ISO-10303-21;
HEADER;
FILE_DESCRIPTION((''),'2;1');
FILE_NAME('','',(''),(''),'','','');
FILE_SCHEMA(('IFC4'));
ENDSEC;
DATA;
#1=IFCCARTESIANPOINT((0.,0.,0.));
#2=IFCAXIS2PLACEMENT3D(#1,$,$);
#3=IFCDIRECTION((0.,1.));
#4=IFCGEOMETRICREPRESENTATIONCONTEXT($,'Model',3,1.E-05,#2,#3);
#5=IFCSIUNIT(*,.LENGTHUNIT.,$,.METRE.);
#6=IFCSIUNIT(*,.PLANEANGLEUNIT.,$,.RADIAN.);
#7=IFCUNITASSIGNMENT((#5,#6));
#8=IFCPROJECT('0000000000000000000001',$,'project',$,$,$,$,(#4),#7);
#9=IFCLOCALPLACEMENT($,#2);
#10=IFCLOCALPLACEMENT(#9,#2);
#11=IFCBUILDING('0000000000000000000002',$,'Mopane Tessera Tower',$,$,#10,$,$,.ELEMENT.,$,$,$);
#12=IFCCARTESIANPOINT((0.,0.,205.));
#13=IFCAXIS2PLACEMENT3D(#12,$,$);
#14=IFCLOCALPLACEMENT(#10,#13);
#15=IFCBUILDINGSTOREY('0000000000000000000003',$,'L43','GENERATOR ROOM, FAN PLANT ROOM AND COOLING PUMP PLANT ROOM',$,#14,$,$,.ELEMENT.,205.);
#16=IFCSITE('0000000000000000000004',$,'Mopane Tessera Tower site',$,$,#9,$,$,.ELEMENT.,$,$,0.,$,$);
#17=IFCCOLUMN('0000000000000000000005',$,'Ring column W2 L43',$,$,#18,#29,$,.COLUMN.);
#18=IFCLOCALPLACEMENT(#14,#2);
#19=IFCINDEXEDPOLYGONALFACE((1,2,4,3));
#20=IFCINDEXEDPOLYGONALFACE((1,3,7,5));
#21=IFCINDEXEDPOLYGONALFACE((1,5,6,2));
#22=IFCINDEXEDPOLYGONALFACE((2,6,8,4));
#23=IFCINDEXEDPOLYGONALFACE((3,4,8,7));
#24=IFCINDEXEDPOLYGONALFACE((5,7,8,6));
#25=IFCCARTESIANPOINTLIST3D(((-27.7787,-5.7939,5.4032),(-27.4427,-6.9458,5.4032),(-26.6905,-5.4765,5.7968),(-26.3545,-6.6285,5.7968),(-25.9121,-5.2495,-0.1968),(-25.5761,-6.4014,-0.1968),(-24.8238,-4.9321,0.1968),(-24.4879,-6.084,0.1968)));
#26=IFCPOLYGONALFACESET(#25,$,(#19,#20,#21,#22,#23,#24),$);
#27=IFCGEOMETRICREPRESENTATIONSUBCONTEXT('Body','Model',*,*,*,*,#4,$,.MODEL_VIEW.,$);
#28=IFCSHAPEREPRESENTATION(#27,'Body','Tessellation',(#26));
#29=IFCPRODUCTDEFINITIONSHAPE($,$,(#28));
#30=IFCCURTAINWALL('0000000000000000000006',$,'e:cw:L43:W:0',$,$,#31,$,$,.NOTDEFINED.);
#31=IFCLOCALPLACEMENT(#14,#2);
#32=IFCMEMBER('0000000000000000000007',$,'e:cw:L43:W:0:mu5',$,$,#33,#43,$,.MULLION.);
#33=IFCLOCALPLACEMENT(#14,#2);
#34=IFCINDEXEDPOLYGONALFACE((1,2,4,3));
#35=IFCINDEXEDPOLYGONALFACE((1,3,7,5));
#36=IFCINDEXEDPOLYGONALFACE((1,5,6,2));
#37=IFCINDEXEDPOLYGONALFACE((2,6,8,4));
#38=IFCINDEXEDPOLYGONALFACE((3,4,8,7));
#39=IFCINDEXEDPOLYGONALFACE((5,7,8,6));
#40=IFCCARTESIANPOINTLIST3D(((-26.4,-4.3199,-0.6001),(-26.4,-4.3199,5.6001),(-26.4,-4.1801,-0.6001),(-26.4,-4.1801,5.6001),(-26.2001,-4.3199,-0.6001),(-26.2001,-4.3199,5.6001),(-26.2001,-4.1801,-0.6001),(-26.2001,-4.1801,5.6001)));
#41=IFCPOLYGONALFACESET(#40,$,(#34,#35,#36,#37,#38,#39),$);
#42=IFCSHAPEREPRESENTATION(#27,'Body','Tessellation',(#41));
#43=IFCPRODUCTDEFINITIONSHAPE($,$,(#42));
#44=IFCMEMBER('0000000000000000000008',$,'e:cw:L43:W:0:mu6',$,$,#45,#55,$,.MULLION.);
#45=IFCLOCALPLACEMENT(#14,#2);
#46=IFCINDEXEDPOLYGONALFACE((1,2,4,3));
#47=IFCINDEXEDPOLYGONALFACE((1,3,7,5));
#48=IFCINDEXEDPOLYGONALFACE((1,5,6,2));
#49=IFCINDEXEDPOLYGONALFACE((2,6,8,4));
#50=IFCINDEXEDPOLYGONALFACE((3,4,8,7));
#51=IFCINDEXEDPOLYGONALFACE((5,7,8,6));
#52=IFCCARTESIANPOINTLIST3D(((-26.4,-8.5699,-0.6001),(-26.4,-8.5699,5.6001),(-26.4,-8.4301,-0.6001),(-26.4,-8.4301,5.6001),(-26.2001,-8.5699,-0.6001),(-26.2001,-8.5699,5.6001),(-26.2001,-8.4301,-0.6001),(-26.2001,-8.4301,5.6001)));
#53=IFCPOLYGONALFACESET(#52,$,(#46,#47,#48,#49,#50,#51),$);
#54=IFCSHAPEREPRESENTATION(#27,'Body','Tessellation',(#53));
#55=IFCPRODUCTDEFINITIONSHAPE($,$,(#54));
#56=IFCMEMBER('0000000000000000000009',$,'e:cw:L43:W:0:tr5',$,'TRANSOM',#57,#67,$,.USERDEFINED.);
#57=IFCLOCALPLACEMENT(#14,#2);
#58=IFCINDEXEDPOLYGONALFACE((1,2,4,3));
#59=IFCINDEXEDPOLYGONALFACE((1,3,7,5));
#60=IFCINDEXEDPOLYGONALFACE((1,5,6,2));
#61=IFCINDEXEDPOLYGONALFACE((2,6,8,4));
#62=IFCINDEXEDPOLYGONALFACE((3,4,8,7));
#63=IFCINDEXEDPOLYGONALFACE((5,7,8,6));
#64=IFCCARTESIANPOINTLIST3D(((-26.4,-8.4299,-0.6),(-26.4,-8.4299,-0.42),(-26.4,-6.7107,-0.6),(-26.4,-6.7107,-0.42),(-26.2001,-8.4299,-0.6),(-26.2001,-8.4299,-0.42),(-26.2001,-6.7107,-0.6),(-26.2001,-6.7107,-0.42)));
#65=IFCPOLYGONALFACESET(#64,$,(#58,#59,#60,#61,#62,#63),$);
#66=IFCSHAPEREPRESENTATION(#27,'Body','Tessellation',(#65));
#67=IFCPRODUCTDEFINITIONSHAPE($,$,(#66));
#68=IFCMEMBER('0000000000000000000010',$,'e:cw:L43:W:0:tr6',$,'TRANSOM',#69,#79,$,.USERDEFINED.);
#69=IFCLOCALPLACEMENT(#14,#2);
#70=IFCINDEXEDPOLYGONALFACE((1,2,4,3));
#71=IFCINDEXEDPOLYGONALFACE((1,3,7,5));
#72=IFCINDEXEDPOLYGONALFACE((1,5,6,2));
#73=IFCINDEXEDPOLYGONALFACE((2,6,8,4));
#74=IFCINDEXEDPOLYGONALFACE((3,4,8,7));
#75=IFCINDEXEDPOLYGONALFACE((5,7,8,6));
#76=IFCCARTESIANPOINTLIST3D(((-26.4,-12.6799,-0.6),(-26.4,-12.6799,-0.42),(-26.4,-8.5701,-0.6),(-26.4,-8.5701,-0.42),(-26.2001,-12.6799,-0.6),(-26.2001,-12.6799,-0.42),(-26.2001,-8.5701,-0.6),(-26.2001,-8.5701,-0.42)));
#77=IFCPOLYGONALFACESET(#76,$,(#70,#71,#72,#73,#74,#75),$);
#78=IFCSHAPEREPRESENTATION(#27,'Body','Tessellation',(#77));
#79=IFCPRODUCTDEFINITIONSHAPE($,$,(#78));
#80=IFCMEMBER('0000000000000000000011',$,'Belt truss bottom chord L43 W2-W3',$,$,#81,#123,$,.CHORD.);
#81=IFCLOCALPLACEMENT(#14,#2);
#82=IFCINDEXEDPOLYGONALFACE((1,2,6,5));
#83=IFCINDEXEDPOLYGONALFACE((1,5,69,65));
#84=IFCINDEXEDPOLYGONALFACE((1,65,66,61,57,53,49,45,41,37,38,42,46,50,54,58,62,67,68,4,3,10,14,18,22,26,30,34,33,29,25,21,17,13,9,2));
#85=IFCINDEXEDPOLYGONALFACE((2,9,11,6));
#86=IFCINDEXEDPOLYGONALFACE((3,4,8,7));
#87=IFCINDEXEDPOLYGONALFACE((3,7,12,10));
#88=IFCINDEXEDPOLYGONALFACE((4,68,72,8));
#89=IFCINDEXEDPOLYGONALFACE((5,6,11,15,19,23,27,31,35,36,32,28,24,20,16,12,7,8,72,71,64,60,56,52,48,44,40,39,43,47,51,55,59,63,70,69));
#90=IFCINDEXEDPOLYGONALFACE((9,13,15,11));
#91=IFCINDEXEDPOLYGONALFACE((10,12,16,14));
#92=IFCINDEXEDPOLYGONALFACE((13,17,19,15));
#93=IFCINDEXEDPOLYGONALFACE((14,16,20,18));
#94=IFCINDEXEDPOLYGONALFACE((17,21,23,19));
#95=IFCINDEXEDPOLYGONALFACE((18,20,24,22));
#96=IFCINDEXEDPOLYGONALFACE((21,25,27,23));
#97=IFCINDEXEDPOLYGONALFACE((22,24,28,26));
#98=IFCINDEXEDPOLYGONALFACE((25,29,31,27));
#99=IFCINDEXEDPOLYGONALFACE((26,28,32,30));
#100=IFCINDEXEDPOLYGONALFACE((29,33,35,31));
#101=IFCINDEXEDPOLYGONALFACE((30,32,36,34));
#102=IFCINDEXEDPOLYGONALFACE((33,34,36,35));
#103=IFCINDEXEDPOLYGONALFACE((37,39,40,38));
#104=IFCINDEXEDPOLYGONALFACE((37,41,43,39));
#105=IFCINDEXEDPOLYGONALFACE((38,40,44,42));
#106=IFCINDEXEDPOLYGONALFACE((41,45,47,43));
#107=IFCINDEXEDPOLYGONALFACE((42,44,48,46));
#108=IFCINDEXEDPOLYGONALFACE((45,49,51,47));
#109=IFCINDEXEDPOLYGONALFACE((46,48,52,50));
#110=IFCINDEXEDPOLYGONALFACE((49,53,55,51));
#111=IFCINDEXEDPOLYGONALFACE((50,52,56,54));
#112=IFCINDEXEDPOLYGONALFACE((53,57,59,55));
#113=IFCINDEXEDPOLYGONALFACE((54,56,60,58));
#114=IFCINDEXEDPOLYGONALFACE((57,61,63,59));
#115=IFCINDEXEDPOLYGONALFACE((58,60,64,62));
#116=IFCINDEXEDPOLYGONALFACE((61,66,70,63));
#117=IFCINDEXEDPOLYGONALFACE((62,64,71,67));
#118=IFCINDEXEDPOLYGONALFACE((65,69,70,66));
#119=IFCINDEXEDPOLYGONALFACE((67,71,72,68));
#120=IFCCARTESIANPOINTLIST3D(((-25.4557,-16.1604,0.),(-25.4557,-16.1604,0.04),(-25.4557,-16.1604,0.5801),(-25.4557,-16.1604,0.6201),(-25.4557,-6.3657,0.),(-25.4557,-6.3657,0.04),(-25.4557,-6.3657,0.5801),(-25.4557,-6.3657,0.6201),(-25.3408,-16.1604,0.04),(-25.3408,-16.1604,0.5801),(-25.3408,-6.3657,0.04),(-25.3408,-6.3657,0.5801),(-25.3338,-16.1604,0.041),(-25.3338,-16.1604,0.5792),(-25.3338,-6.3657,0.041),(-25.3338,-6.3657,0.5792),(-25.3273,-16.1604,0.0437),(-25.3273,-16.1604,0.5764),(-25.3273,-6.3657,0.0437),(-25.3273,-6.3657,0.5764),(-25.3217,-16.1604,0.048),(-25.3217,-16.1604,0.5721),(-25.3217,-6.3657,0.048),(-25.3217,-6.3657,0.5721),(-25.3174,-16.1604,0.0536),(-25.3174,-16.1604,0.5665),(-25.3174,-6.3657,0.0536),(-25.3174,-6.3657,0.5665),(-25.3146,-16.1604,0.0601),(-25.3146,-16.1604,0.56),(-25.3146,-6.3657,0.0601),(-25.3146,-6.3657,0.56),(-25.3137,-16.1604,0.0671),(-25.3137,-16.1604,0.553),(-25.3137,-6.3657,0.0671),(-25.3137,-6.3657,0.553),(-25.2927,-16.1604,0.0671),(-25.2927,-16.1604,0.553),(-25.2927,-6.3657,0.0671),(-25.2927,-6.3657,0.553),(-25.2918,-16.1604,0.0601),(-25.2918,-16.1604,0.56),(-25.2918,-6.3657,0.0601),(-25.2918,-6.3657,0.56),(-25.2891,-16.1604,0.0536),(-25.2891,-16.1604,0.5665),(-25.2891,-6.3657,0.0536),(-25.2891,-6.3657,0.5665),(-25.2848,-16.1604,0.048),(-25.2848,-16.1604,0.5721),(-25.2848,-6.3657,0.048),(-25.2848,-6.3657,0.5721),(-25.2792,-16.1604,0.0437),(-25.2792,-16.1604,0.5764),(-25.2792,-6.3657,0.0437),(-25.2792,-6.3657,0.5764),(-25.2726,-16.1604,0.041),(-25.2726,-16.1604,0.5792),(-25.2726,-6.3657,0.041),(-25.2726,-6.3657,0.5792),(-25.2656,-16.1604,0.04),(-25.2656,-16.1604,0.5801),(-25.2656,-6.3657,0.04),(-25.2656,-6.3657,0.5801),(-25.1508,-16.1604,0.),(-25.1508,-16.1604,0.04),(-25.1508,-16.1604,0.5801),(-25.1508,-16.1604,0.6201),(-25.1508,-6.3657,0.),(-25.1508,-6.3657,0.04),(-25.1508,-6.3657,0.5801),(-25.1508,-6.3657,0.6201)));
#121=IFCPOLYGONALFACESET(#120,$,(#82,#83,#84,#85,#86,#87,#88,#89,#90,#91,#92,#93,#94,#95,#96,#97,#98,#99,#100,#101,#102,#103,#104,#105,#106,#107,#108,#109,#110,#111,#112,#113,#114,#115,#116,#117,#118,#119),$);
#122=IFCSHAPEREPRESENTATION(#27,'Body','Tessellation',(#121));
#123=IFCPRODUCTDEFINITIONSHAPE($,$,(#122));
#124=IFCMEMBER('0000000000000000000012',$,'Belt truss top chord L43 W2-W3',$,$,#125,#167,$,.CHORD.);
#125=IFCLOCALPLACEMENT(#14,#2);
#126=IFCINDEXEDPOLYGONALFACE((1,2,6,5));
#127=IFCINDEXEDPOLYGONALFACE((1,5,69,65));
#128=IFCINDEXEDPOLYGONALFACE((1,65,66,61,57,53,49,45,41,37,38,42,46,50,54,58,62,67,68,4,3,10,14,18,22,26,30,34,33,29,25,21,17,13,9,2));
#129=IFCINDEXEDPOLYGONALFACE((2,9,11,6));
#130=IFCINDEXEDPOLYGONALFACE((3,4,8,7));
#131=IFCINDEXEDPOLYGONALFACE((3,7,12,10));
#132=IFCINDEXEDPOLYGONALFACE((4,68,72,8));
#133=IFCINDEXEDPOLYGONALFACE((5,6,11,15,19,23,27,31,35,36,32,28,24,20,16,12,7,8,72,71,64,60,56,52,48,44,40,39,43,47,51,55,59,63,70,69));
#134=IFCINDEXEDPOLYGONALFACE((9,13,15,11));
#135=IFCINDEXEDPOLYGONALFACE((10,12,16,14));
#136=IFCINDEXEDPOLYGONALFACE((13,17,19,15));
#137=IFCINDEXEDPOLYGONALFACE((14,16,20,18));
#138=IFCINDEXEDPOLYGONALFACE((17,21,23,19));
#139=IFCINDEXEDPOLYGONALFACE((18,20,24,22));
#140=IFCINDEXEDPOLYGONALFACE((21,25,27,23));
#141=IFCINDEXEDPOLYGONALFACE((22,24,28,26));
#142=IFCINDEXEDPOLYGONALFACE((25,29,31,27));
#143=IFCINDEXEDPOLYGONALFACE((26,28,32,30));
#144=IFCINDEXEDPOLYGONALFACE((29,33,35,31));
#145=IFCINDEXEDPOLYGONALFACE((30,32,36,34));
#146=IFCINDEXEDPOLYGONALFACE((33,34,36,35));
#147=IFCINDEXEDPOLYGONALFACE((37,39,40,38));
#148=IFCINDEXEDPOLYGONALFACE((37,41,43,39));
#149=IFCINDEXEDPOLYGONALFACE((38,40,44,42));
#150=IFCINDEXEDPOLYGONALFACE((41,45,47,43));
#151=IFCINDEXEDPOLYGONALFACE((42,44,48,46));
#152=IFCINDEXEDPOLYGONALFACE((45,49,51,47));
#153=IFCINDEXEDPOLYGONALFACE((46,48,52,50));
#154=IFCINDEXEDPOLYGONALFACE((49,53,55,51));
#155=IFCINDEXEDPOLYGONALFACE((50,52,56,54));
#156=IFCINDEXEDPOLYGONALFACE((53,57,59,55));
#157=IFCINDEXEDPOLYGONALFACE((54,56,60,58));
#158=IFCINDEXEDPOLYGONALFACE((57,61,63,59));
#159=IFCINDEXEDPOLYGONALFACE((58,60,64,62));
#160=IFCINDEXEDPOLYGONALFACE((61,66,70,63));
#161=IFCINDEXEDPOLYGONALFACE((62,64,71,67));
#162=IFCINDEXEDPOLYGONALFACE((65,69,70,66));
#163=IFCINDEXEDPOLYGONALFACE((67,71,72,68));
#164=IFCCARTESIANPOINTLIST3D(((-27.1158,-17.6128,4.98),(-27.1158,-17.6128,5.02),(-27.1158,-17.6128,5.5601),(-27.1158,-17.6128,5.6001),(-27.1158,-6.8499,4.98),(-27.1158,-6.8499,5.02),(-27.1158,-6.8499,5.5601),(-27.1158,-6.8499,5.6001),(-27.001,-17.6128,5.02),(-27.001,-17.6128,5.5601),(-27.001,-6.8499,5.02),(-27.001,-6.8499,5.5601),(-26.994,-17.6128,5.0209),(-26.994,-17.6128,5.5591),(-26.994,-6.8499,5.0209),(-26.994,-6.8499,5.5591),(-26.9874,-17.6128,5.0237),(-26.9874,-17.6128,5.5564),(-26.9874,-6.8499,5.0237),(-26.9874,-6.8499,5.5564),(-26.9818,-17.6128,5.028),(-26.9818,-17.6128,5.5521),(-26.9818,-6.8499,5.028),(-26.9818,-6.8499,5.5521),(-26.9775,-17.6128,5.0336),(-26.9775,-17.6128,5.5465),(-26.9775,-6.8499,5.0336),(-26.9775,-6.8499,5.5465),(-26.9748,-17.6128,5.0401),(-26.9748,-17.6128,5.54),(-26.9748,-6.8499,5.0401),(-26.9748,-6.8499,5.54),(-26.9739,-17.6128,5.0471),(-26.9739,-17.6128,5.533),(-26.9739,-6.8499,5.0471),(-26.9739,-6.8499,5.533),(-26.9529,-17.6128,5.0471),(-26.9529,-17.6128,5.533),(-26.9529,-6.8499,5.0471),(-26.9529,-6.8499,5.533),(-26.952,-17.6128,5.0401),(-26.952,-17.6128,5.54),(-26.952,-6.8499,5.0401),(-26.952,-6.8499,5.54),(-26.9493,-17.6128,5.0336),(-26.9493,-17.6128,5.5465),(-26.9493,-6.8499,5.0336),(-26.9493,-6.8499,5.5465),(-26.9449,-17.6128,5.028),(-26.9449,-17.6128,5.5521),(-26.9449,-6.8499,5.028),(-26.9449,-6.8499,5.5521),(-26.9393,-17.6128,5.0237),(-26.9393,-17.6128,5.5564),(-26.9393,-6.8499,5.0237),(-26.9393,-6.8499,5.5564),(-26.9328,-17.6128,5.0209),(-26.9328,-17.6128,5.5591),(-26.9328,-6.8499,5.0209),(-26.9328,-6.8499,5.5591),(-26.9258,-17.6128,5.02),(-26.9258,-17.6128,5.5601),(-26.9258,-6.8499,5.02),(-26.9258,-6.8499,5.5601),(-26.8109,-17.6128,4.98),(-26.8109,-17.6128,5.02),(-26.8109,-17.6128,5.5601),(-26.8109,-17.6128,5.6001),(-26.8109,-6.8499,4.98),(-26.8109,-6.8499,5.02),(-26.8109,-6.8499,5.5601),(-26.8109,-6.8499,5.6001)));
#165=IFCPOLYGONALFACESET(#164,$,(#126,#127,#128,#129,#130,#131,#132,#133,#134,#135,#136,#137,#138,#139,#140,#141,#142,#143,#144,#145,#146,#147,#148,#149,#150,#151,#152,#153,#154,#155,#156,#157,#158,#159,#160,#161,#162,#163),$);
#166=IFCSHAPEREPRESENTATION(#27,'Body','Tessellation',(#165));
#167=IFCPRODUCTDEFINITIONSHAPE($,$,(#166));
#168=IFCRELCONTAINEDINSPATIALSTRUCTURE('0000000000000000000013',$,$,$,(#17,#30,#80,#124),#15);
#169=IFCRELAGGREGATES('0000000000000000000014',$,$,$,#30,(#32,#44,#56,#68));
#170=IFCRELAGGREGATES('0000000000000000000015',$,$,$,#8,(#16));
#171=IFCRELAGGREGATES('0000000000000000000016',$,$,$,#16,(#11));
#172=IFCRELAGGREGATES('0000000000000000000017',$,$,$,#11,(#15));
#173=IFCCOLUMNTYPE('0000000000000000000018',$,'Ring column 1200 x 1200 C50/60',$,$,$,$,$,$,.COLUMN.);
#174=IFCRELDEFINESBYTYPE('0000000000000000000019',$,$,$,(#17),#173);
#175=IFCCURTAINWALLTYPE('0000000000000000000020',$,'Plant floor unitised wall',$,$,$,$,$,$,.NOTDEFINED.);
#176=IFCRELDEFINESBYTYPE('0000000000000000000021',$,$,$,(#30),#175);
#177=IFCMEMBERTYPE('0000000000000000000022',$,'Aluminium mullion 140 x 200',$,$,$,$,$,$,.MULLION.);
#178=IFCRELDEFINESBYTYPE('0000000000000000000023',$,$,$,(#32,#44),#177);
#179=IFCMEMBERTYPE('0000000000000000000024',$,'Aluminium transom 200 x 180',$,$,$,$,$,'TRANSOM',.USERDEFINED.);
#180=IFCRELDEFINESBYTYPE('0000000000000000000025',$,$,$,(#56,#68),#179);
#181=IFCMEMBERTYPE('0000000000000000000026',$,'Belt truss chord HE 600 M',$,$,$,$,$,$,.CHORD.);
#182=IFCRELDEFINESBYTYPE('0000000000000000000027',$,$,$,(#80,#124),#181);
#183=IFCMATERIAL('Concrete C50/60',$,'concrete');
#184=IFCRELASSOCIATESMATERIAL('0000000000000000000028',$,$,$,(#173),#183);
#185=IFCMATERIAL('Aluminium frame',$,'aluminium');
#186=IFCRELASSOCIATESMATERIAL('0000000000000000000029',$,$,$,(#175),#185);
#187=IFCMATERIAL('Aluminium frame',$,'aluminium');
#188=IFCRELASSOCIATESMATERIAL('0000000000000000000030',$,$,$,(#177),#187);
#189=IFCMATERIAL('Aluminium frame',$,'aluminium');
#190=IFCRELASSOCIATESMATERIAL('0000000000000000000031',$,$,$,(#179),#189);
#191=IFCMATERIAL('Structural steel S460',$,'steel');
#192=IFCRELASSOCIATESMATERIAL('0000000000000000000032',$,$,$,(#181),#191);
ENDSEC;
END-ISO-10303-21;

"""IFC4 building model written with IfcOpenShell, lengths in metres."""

from ifc_helpers import new_model, si_unit, direction, frame, origin, origin_2d, place, context, subcontext, project, spatial, rectangle, i_section, extrude, material, material_profile, profile_set, type_object, element, aggregate, save


model = new_model("IFC4")

# Units and contexts
model_context = context("Model", 3, precision=1e-05, world=origin(), true_north=direction((0.0, 1.0)))
body_context = subcontext(model_context, "Body", "Model", "MODEL_VIEW")
ifc_project = project(units=[si_unit("LENGTHUNIT", "METRE"), si_unit("PLANEANGLEUNIT", "RADIAN")], contexts=[model_context])

# Site, building, storey
site_placement = place(None, origin())
site = spatial("IfcSite", under=ifc_project, at=site_placement, Name="Mopane Tessera Tower site", CompositionType="ELEMENT", RefElevation=0.0)
building_placement = place(site_placement, origin())
building = spatial("IfcBuilding", under=site, at=building_placement, Name="Mopane Tessera Tower", CompositionType="ELEMENT")
storey_placement = place(building_placement, frame((0.0, 0.0, 205.0)))
storey = spatial("IfcBuildingStorey", under=building, at=storey_placement, Name="L43", Description="GENERATOR ROOM, FAN PLANT ROOM AND COOLING PUMP PLANT ROOM", CompositionType="ELEMENT", Elevation=205.0)

# Column
ifc_material_1 = material(Name="Concrete C50/60", Category="concrete")
ifc_material_profile_1 = material_profile(ifc_material_1, rectangle(XDim=1.2, YDim=1.2, at=origin_2d()))
ifc_profile_set_1 = profile_set([ifc_material_profile_1], Name="Concrete C50/60")
column_type = type_object("IfcColumnType", Name="Ring column 1200 x 1200 C50/60", PredefinedType="COLUMN", material=ifc_profile_set_1)
column_placement = place(storey_placement, frame((-25.2, -5.6667, 0.0), z_axis=(-0.314891, -0.09184, 0.944674), x_axis=(0.27999, -0.960003, 0.0)))
element("IfcColumn", 1, at=column_placement, inside=storey, type_object=column_type, Name="Ring column W2 L43", PredefinedType="COLUMN", context=body_context, shape_type="SweptSolid", body=[
    extrude(rectangle(XDim=1.2, YDim=1.2, at=origin_2d()), origin(), (0.0, 0.0, 1.0), 5.928),
])

# Curtain wall, members
ifc_material_2 = material(Name="Aluminium frame", Category="aluminium")
curtain_wall_type = type_object("IfcCurtainWallType", Name="Plant floor unitised wall", PredefinedType="NOTDEFINED", material=ifc_material_2)
curtain_wall_placement = place(storey_placement, origin())
curtain_wall = element("IfcCurtainWall", 2, at=curtain_wall_placement, inside=storey, type_object=curtain_wall_type, Name="e:cw:L43:W:0", PredefinedType="NOTDEFINED")
ifc_material_3 = material(Name="Aluminium frame", Category="aluminium")
ifc_material_profile_2 = material_profile(ifc_material_3, rectangle(XDim=0.1399, YDim=0.2, at=origin_2d()))
ifc_profile_set_2 = profile_set([ifc_material_profile_2], Name="Aluminium frame")
member_type_1 = type_object("IfcMemberType", Name="Aluminium mullion 140 x 200", PredefinedType="MULLION", material=ifc_profile_set_2)
member_1_placement = place(storey_placement, frame((-26.3, -4.25, -0.6001), z_axis=(0.0, 0.0, 1.0), x_axis=(0.0, -1.0, 0.0)))
member_1 = element("IfcMember", 3, at=member_1_placement, type_object=member_type_1, Name="e:cw:L43:W:0:mu5", PredefinedType="MULLION", context=body_context, shape_type="SweptSolid", body=[
    extrude(rectangle(XDim=0.1399, YDim=0.2, at=origin_2d()), origin(), (0.0, 0.0, 1.0), 6.2002),
])
member_2_placement = place(storey_placement, frame((-26.3, -8.5, -0.6001), z_axis=(0.0, 0.0, 1.0), x_axis=(0.0, -1.0, 0.0)))
member_2 = element("IfcMember", 4, at=member_2_placement, type_object=member_type_1, Name="e:cw:L43:W:0:mu6", PredefinedType="MULLION", context=body_context, shape_type="SweptSolid", body=[
    extrude(rectangle(XDim=0.1399, YDim=0.2, at=origin_2d()), origin(), (0.0, 0.0, 1.0), 6.2002),
])
ifc_material_4 = material(Name="Aluminium frame", Category="aluminium")
ifc_material_profile_3 = material_profile(ifc_material_4, rectangle(XDim=0.2, YDim=0.1799, at=origin_2d()))
ifc_profile_set_3 = profile_set([ifc_material_profile_3], Name="Aluminium frame")
member_type_2 = type_object("IfcMemberType", Name="Aluminium transom 200 x 180", ElementType="TRANSOM", PredefinedType="USERDEFINED", material=ifc_profile_set_3)
member_3_placement = place(storey_placement, frame((-26.3, -6.7107, -0.51), z_axis=(0.0, -1.0, 0.0), x_axis=(1.0, 0.0, 0.0)))
member_3 = element("IfcMember", 5, at=member_3_placement, type_object=member_type_2, Name="e:cw:L43:W:0:tr5", ObjectType="TRANSOM", PredefinedType="USERDEFINED", context=body_context, shape_type="SweptSolid", body=[
    extrude(rectangle(XDim=0.2, YDim=0.1799, at=origin_2d()), origin(), (0.0, 0.0, 1.0), 1.7192),
])
member_4_placement = place(storey_placement, frame((-26.3, -8.5701, -0.51), z_axis=(0.0, -1.0, 0.0), x_axis=(1.0, 0.0, 0.0)))
member_4 = element("IfcMember", 6, at=member_4_placement, type_object=member_type_2, Name="e:cw:L43:W:0:tr6", ObjectType="TRANSOM", PredefinedType="USERDEFINED", context=body_context, shape_type="SweptSolid", body=[
    extrude(rectangle(XDim=0.2, YDim=0.1799, at=origin_2d()), origin(), (0.0, 0.0, 1.0), 4.1099),
])

# Members
ifc_material_5 = material(Name="Structural steel S460", Category="steel")
ifc_material_profile_4 = material_profile(ifc_material_5, i_section(OverallWidth=0.3049, OverallDepth=0.6201, WebThickness=0.021, FlangeThickness=0.04, FilletRadius=0.0271, at=origin_2d()))
ifc_profile_set_4 = profile_set([ifc_material_profile_4], Name="Structural steel S460")
member_type_3 = type_object("IfcMemberType", Name="Belt truss chord HE 600 M", PredefinedType="CHORD", material=ifc_profile_set_4)
member_5_placement = place(storey_placement, frame((-25.3032, -6.3657, 0.3101), z_axis=(0.0, -1.0, 0.0), x_axis=(1.0, 0.0, 0.0)))
element("IfcMember", 7, at=member_5_placement, inside=storey, type_object=member_type_3, Name="Belt truss bottom chord L43 W2-W3", PredefinedType="CHORD", context=body_context, shape_type="SweptSolid", body=[
    extrude(i_section(OverallWidth=0.3049, OverallDepth=0.6201, WebThickness=0.021, FlangeThickness=0.04, FilletRadius=0.0271, at=origin_2d()), origin(), (0.0, 0.0, 1.0), 9.7947),
])
member_6_placement = place(storey_placement, frame((-26.9634, -6.8499, 5.29), z_axis=(0.0, -1.0, 0.0), x_axis=(1.0, 0.0, 0.0)))
element("IfcMember", 8, at=member_6_placement, inside=storey, type_object=member_type_3, Name="Belt truss top chord L43 W2-W3", PredefinedType="CHORD", context=body_context, shape_type="SweptSolid", body=[
    extrude(i_section(OverallWidth=0.3049, OverallDepth=0.6201, WebThickness=0.021, FlangeThickness=0.04, FilletRadius=0.0271, at=origin_2d()), origin(), (0.0, 0.0, 1.0), 10.7629),
])

aggregate(curtain_wall, [member_1, member_2, member_3, member_4])

save(model, "model.ifc")
